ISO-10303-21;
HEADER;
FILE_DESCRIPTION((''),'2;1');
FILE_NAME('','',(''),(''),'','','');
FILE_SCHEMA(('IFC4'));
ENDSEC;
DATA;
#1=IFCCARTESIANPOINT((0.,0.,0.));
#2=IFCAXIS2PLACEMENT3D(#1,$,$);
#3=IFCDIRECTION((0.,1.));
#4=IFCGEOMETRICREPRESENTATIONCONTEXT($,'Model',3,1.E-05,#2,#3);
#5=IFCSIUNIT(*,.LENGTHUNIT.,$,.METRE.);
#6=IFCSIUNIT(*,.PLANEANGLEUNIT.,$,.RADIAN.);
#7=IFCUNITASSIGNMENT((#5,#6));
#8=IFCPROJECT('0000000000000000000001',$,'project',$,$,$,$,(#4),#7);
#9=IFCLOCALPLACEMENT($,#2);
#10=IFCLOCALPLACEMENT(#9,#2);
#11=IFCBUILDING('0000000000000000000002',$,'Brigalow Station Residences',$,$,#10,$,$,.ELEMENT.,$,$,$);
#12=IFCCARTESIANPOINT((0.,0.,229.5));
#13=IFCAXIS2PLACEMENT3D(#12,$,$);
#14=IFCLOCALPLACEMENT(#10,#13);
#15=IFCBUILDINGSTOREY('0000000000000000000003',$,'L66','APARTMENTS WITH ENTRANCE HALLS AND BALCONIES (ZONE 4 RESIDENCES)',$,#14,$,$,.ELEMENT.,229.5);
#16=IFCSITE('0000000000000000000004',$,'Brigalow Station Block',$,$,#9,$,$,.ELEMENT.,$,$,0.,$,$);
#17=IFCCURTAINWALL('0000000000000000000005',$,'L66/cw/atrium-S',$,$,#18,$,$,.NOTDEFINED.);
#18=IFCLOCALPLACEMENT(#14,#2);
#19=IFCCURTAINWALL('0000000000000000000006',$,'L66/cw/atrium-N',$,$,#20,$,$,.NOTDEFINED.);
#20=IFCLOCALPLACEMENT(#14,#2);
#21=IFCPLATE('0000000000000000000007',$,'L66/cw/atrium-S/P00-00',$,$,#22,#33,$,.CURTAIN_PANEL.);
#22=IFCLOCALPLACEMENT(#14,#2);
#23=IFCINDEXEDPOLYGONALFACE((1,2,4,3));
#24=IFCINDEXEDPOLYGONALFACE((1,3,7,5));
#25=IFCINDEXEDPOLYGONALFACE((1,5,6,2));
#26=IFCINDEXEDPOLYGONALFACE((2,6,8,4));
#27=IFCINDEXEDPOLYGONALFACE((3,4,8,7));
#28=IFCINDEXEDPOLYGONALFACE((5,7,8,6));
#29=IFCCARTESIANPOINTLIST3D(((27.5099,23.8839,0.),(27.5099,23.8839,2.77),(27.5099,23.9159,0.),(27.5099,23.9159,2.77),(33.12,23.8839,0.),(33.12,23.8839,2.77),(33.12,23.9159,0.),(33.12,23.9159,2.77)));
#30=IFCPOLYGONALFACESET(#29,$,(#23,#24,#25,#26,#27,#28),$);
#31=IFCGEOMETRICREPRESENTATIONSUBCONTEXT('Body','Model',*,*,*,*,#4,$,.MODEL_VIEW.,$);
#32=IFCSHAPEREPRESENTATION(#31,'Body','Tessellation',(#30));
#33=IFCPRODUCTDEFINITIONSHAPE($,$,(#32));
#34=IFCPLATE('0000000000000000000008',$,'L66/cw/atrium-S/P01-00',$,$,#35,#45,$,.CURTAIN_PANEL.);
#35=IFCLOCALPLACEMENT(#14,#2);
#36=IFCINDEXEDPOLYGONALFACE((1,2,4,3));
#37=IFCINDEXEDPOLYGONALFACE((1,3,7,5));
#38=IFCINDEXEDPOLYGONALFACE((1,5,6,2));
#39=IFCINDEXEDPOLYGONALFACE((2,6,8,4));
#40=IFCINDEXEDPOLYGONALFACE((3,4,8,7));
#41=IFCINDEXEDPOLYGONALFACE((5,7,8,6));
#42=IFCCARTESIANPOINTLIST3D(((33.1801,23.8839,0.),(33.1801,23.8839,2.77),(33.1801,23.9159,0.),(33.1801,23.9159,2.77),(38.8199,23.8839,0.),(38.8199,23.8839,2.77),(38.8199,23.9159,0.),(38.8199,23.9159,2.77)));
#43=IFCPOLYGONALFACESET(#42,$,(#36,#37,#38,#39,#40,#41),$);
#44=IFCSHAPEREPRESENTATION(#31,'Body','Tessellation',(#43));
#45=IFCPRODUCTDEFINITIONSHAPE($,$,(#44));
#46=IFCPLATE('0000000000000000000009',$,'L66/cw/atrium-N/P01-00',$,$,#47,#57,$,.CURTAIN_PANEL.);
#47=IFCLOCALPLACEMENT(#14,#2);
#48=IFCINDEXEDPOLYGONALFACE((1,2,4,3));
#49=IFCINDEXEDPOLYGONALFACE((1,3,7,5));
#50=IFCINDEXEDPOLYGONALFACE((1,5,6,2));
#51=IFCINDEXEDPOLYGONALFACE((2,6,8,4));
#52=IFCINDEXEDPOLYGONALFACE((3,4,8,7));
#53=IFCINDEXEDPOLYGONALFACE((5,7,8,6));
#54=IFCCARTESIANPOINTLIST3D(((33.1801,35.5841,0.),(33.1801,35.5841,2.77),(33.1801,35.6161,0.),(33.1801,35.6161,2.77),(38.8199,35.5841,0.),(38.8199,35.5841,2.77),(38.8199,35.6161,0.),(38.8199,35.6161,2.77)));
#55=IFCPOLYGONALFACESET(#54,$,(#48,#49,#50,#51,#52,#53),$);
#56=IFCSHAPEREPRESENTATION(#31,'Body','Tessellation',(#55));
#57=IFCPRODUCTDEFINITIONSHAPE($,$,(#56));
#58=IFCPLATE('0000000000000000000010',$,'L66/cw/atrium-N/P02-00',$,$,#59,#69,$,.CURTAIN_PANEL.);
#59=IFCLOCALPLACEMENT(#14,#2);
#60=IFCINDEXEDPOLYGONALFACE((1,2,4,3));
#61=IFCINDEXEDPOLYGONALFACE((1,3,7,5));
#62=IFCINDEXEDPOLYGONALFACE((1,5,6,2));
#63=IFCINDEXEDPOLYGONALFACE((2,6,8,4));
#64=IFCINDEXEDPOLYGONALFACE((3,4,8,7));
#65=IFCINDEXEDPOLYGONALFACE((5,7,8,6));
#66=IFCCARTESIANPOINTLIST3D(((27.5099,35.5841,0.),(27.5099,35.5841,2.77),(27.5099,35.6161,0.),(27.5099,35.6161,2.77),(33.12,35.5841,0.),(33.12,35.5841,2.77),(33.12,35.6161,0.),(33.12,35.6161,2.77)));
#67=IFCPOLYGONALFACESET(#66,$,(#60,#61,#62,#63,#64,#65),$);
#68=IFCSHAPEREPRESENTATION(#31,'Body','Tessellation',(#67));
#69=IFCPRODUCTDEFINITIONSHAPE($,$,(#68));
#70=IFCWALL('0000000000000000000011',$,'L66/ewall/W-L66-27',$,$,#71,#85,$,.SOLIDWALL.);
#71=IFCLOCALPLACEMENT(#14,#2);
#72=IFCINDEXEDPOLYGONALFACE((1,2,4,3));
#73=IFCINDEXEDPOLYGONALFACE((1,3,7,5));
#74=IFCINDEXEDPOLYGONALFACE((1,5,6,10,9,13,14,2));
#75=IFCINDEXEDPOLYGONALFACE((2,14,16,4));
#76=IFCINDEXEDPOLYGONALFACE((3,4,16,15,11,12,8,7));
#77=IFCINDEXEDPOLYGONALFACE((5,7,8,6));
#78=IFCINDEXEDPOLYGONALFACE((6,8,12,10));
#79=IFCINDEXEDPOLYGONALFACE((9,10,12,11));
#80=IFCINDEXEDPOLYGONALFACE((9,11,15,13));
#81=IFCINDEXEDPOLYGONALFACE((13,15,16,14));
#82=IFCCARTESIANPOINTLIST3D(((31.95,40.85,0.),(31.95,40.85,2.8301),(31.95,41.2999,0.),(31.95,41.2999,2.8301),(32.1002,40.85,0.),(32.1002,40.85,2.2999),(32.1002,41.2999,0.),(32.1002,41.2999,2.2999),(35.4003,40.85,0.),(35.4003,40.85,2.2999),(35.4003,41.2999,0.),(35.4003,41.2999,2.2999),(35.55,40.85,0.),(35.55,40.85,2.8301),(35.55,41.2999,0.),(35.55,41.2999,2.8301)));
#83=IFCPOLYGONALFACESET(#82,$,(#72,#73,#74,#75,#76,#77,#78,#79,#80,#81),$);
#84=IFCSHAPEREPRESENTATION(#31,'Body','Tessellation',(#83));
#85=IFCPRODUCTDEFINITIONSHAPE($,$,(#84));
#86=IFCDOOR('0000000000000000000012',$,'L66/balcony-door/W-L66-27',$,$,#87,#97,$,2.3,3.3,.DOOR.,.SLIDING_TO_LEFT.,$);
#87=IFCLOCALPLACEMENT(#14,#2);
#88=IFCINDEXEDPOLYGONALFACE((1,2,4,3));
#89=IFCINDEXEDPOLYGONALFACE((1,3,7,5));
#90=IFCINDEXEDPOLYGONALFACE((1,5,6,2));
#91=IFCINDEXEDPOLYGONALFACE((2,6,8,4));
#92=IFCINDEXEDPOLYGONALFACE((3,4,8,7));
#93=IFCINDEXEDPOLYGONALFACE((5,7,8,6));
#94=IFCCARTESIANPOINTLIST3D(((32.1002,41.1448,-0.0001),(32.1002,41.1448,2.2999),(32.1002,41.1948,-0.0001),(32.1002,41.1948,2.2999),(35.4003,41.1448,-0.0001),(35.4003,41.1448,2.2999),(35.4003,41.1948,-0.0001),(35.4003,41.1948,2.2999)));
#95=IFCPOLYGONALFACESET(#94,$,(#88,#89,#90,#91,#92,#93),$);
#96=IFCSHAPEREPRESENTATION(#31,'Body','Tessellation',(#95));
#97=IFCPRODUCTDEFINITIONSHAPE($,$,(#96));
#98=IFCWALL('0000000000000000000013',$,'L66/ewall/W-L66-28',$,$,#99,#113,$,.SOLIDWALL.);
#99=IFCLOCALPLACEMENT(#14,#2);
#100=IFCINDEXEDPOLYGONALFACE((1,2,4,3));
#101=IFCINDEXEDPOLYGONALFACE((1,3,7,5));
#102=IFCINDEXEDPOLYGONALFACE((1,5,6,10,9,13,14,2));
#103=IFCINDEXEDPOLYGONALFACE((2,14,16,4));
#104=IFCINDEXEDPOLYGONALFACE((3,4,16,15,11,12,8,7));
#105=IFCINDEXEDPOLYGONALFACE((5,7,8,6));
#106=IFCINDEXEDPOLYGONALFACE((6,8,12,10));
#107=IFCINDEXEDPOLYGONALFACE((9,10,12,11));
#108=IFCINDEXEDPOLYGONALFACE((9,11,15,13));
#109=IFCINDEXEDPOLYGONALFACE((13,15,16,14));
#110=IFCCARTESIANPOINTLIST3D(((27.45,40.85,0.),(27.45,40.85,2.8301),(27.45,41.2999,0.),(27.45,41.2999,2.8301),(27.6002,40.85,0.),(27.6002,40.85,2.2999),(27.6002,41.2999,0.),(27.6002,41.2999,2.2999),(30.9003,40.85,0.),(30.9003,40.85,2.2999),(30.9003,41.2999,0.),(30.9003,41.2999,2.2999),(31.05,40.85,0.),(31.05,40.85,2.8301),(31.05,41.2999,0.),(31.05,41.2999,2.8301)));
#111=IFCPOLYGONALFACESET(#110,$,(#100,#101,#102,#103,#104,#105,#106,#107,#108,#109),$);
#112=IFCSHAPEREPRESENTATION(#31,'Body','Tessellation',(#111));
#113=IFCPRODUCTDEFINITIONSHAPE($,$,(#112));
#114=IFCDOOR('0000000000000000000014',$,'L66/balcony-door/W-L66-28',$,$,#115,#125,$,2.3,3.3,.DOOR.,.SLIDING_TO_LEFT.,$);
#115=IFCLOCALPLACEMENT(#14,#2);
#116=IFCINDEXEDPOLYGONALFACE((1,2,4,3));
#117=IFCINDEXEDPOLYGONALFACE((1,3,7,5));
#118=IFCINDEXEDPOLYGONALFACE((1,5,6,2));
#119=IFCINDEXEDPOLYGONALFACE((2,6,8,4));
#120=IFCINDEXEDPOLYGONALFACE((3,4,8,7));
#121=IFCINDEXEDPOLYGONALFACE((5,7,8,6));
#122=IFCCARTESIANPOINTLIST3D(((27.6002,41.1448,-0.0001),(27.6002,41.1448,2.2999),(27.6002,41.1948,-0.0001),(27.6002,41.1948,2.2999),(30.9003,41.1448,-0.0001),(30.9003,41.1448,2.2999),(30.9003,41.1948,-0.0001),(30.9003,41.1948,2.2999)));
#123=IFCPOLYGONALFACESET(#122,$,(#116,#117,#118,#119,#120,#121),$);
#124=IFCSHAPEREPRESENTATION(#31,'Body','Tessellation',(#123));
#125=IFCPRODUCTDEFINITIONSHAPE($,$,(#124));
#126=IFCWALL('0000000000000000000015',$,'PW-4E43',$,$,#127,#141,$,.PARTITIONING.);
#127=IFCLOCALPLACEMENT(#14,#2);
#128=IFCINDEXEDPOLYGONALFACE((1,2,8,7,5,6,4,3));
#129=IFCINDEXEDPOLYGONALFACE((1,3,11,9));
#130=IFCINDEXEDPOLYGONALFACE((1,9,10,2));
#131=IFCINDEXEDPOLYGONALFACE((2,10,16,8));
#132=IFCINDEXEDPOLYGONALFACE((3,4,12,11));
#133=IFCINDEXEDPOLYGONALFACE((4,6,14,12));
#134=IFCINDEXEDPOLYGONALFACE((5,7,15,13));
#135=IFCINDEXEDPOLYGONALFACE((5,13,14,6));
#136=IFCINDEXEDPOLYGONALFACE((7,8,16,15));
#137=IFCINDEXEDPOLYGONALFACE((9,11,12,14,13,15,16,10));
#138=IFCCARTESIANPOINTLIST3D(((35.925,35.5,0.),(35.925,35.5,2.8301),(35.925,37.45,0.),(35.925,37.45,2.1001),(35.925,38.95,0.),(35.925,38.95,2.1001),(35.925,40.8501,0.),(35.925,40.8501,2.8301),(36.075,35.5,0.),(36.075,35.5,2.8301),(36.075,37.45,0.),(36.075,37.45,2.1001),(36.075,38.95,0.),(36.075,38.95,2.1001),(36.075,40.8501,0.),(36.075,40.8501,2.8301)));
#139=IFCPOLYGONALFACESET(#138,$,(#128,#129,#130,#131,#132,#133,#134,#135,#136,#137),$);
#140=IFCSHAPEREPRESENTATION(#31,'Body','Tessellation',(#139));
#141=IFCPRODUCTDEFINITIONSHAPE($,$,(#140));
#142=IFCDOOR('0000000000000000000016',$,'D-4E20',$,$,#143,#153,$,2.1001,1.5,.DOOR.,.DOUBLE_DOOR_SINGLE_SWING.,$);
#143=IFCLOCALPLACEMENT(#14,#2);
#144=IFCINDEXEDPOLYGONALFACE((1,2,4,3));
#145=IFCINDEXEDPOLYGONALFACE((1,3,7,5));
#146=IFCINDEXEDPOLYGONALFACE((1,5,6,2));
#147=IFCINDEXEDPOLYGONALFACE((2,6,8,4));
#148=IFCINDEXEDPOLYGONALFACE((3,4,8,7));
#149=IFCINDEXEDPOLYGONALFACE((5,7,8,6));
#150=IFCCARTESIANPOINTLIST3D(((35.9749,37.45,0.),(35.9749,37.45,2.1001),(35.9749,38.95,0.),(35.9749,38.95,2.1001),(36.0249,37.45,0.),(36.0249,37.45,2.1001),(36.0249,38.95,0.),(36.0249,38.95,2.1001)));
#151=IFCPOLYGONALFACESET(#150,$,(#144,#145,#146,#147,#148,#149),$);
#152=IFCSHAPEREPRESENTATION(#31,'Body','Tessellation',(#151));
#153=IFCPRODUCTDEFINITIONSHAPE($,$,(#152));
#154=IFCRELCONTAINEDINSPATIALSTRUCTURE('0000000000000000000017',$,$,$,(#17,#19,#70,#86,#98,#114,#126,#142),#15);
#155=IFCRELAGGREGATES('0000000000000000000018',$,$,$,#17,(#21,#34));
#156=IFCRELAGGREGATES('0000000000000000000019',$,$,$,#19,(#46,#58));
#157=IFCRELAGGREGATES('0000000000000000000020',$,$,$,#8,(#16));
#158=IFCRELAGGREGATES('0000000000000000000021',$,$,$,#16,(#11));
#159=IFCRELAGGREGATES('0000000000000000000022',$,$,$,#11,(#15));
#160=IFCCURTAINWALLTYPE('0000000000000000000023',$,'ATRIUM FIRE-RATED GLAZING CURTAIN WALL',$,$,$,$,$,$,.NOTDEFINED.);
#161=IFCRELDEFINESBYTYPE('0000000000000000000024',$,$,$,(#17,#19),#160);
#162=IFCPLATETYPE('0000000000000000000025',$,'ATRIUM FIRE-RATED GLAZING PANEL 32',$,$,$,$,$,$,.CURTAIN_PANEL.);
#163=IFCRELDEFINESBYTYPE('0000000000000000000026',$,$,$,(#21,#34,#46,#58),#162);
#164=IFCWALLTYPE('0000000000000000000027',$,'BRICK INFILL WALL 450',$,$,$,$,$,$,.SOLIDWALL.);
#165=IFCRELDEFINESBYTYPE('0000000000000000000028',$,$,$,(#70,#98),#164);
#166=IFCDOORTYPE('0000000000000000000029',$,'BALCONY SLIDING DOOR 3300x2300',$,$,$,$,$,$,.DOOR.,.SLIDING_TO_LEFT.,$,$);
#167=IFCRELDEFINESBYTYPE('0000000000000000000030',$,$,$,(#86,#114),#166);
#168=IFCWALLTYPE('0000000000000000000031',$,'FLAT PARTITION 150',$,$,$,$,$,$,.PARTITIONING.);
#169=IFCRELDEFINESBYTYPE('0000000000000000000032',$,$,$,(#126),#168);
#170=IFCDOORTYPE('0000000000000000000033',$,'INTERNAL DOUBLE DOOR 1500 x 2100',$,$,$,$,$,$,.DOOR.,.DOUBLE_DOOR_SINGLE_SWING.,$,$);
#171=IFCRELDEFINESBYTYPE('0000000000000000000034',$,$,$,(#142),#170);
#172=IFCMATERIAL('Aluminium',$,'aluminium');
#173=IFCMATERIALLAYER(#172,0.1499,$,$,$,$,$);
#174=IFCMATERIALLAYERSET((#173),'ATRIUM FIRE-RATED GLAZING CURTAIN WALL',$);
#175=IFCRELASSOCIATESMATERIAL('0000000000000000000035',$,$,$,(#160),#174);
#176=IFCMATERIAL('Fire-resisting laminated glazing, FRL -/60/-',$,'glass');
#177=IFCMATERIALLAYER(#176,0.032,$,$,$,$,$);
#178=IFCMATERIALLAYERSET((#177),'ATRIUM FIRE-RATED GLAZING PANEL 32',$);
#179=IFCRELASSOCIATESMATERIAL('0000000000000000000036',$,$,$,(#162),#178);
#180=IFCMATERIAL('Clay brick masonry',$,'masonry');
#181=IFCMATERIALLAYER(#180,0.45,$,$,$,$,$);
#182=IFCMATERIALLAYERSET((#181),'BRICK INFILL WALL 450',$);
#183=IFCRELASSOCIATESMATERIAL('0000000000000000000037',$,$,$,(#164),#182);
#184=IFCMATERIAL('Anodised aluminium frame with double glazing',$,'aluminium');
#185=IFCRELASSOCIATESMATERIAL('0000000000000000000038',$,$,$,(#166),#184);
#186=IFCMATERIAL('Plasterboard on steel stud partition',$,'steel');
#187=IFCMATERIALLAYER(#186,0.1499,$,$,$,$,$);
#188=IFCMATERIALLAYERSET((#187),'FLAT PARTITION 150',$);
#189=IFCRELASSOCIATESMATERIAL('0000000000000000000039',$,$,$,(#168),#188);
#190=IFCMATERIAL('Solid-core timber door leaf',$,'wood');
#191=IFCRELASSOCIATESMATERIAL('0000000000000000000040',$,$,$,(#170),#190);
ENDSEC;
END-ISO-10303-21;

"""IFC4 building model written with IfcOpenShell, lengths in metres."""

from ifc_helpers import new_model, si_unit, direction, frame, frame_2d, origin, origin_2d, place, context, subcontext, project, spatial, rectangle, extrude, material, layer, layer_set, type_object, element, fill, aggregate, save


model = new_model("IFC4")

# Units and contexts
model_context = context("Model", 3, precision=1e-05, world=origin(), true_north=direction((0.0, 1.0)))
body_context = subcontext(model_context, "Body", "Model", "MODEL_VIEW")
ifc_project = project(units=[si_unit("LENGTHUNIT", "METRE"), si_unit("PLANEANGLEUNIT", "RADIAN")], contexts=[model_context])

# Site, building, storey
site_placement = place(None, origin())
site = spatial("IfcSite", under=ifc_project, at=site_placement, Name="Brigalow Station Block", CompositionType="ELEMENT", RefElevation=0.0)
building_placement = place(site_placement, origin())
building = spatial("IfcBuilding", under=site, at=building_placement, Name="Brigalow Station Residences", CompositionType="ELEMENT")
storey_placement = place(building_placement, frame((0.0, 0.0, 229.5)))
storey = spatial("IfcBuildingStorey", under=building, at=storey_placement, Name="L66", Description="APARTMENTS WITH ENTRANCE HALLS AND BALCONIES (ZONE 4 RESIDENCES)", CompositionType="ELEMENT", Elevation=229.5)

# Curtain walls
ifc_material_1 = material(Name="Aluminium", Category="aluminium")
ifc_layer_1 = layer(ifc_material_1, 0.1499)
ifc_layer_set_1 = layer_set([ifc_layer_1], Name="ATRIUM FIRE-RATED GLAZING CURTAIN WALL")
curtain_wall_type = type_object("IfcCurtainWallType", Name="ATRIUM FIRE-RATED GLAZING CURTAIN WALL", PredefinedType="NOTDEFINED", material=ifc_layer_set_1)
curtain_wall_1_placement = place(storey_placement, origin())
curtain_wall_1 = element("IfcCurtainWall", 1, at=curtain_wall_1_placement, inside=storey, type_object=curtain_wall_type, Name="L66/cw/atrium-S", PredefinedType="NOTDEFINED")
curtain_wall_2_placement = place(storey_placement, origin())
curtain_wall_2 = element("IfcCurtainWall", 2, at=curtain_wall_2_placement, inside=storey, type_object=curtain_wall_type, Name="L66/cw/atrium-N", PredefinedType="NOTDEFINED")

# Plates
ifc_material_2 = material(Name="Fire-resisting laminated glazing, FRL -/60/-", Category="glass")
ifc_layer_2 = layer(ifc_material_2, 0.032)
ifc_layer_set_2 = layer_set([ifc_layer_2], Name="ATRIUM FIRE-RATED GLAZING PANEL 32")
plate_type = type_object("IfcPlateType", Name="ATRIUM FIRE-RATED GLAZING PANEL 32", PredefinedType="CURTAIN_PANEL", material=ifc_layer_set_2)
plate_1_placement = place(storey_placement, frame((30.3149, 23.8999, 0.0), z_axis=(0.0, 0.0, 1.0), x_axis=(1.0, 0.0, 0.0)))
plate_1 = element("IfcPlate", 3, at=plate_1_placement, type_object=plate_type, Name="L66/cw/atrium-S/P00-00", PredefinedType="CURTAIN_PANEL", context=body_context, shape_type="SweptSolid", body=[
    extrude(rectangle(XDim=5.6101, YDim=0.032, at=origin_2d()), origin(), (0.0, 0.0, 1.0), 2.77),
])
plate_2_placement = place(storey_placement, frame((36.0, 23.8999, 0.0), z_axis=(0.0, 0.0, 1.0), x_axis=(1.0, 0.0, 0.0)))
plate_2 = element("IfcPlate", 4, at=plate_2_placement, type_object=plate_type, Name="L66/cw/atrium-S/P01-00", PredefinedType="CURTAIN_PANEL", context=body_context, shape_type="SweptSolid", body=[
    extrude(rectangle(XDim=5.6399, YDim=0.032, at=origin_2d()), origin(), (0.0, 0.0, 1.0), 2.77),
])
aggregate(curtain_wall_1, [plate_1, plate_2])
plate_3_placement = place(storey_placement, frame((36.0, 35.6001, 0.0), z_axis=(0.0, 0.0, 1.0), x_axis=(-1.0, 0.0, 0.0)))
plate_3 = element("IfcPlate", 5, at=plate_3_placement, type_object=plate_type, Name="L66/cw/atrium-N/P01-00", PredefinedType="CURTAIN_PANEL", context=body_context, shape_type="SweptSolid", body=[
    extrude(rectangle(XDim=5.6399, YDim=0.032, at=origin_2d()), origin(), (0.0, 0.0, 1.0), 2.77),
])
plate_4_placement = place(storey_placement, frame((30.3149, 35.6001, 0.0), z_axis=(0.0, 0.0, 1.0), x_axis=(-1.0, 0.0, 0.0)))
plate_4 = element("IfcPlate", 6, at=plate_4_placement, type_object=plate_type, Name="L66/cw/atrium-N/P02-00", PredefinedType="CURTAIN_PANEL", context=body_context, shape_type="SweptSolid", body=[
    extrude(rectangle(XDim=5.6101, YDim=0.032, at=origin_2d()), origin(), (0.0, 0.0, 1.0), 2.77),
])
aggregate(curtain_wall_2, [plate_3, plate_4])

# Walls, openings, doors
ifc_material_3 = material(Name="Clay brick masonry", Category="masonry")
ifc_layer_3 = layer(ifc_material_3, 0.45)
ifc_layer_set_3 = layer_set([ifc_layer_3], Name="BRICK INFILL WALL 450")
wall_type_1 = type_object("IfcWallType", Name="BRICK INFILL WALL 450", PredefinedType="SOLIDWALL", material=ifc_layer_set_3)
wall_1_placement = place(storey_placement, frame((35.55, 41.075, 0.0), z_axis=(0.0, 0.0, 1.0), x_axis=(-1.0, 0.0, 0.0)))
wall_1 = element("IfcWall", 7, at=wall_1_placement, inside=storey, type_object=wall_type_1, Name="L66/ewall/W-L66-27", PredefinedType="SOLIDWALL", context=body_context, shape_type="SweptSolid", body=[
    extrude(rectangle(XDim=3.6001, YDim=0.45, at=frame_2d((1.8, 0.0))), origin(), (0.0, 0.0, 1.0), 2.8301),
])
opening_1_placement = place(wall_1_placement, frame((0.1499, 0.0, 0.0)))
opening_1 = element("IfcOpeningElement", 8, at=opening_1_placement, cuts=wall_1, PredefinedType="OPENING", context=body_context, shape_type="SweptSolid", body=[
    extrude(rectangle(XDim=3.3, YDim=2.3, at=frame_2d((1.6499, 1.1499))), frame((0.0, 0.2349, 0.0), z_axis=(0.0, -1.0, 0.0), x_axis=(1.0, 0.0, 0.0)), (0.0, 0.0, 1.0), 0.47),
])
ifc_material_4 = material(Name="Anodised aluminium frame with double glazing", Category="aluminium")
door_type_1 = type_object("IfcDoorType", Name="BALCONY SLIDING DOOR 3300x2300", OperationType="SLIDING_TO_LEFT", PredefinedType="DOOR", material=ifc_material_4)
door_1_placement = place(opening_1_placement, origin())
door_1 = element("IfcDoor", 9, at=door_1_placement, inside=storey, type_object=door_type_1, Name="L66/balcony-door/W-L66-27", OperationType="SLIDING_TO_LEFT", OverallHeight=2.3, OverallWidth=3.3, PredefinedType="DOOR", context=body_context, shape_type="SweptSolid", body=[
    extrude(rectangle(XDim=3.3, YDim=2.3, at=frame_2d((1.6499, 1.1499))), frame((0.0, -0.0698, 0.0), z_axis=(0.0, -1.0, 0.0), x_axis=(1.0, 0.0, 0.0)), (0.0, 0.0, 1.0), 0.05),
])
fill(opening_1, door_1)
wall_2_placement = place(storey_placement, frame((31.05, 41.075, 0.0), z_axis=(0.0, 0.0, 1.0), x_axis=(-1.0, 0.0, 0.0)))
wall_2 = element("IfcWall", 10, at=wall_2_placement, inside=storey, type_object=wall_type_1, Name="L66/ewall/W-L66-28", PredefinedType="SOLIDWALL", context=body_context, shape_type="SweptSolid", body=[
    extrude(rectangle(XDim=3.6001, YDim=0.45, at=frame_2d((1.8, 0.0))), origin(), (0.0, 0.0, 1.0), 2.8301),
])
opening_2_placement = place(wall_2_placement, frame((0.1499, 0.0, 0.0)))
opening_2 = element("IfcOpeningElement", 11, at=opening_2_placement, cuts=wall_2, PredefinedType="OPENING", context=body_context, shape_type="SweptSolid", body=[
    extrude(rectangle(XDim=3.3, YDim=2.3, at=frame_2d((1.6499, 1.1499))), frame((0.0, 0.2349, 0.0), z_axis=(0.0, -1.0, 0.0), x_axis=(1.0, 0.0, 0.0)), (0.0, 0.0, 1.0), 0.47),
])
door_2_placement = place(opening_2_placement, origin())
door_2 = element("IfcDoor", 12, at=door_2_placement, inside=storey, type_object=door_type_1, Name="L66/balcony-door/W-L66-28", OperationType="SLIDING_TO_LEFT", OverallHeight=2.3, OverallWidth=3.3, PredefinedType="DOOR", context=body_context, shape_type="SweptSolid", body=[
    extrude(rectangle(XDim=3.3, YDim=2.3, at=frame_2d((1.6499, 1.1499))), frame((0.0, -0.0698, 0.0), z_axis=(0.0, -1.0, 0.0), x_axis=(1.0, 0.0, 0.0)), (0.0, 0.0, 1.0), 0.05),
])
fill(opening_2, door_2)
ifc_material_5 = material(Name="Plasterboard on steel stud partition", Category="steel")
ifc_layer_4 = layer(ifc_material_5, 0.1499)
ifc_layer_set_4 = layer_set([ifc_layer_4], Name="FLAT PARTITION 150")
wall_type_2 = type_object("IfcWallType", Name="FLAT PARTITION 150", PredefinedType="PARTITIONING", material=ifc_layer_set_4)
wall_3_placement = place(storey_placement, frame((36.0, 35.5, 0.0), z_axis=(0.0, 0.0, 1.0), x_axis=(0.0, 1.0, 0.0)))
wall_3 = element("IfcWall", 13, at=wall_3_placement, inside=storey, type_object=wall_type_2, Name="PW-4E43", PredefinedType="PARTITIONING", context=body_context, shape_type="SweptSolid", body=[
    extrude(rectangle(XDim=5.3501, YDim=0.1499, at=frame_2d((2.675, 0.0))), origin(), (0.0, 0.0, 1.0), 2.8301),
])
opening_3_placement = place(wall_3_placement, frame((1.95, 0.0, 0.0)))
opening_3 = element("IfcOpeningElement", 14, at=opening_3_placement, cuts=wall_3, PredefinedType="OPENING", context=body_context, shape_type="SweptSolid", body=[
    extrude(rectangle(XDim=1.5, YDim=2.1001, at=frame_2d((0.75, 1.05))), frame((0.0, 0.085, 0.0), z_axis=(0.0, -1.0, 0.0), x_axis=(1.0, 0.0, 0.0)), (0.0, 0.0, 1.0), 0.1699),
])
ifc_material_6 = material(Name="Solid-core timber door leaf", Category="wood")
door_type_2 = type_object("IfcDoorType", Name="INTERNAL DOUBLE DOOR 1500 x 2100", OperationType="DOUBLE_DOOR_SINGLE_SWING", PredefinedType="DOOR", material=ifc_material_6)
door_3_placement = place(opening_3_placement, frame((1.5, 0.0, 0.0), z_axis=(0.0, 0.0, 1.0), x_axis=(-1.0, 0.0, 0.0)))
door_3 = element("IfcDoor", 15, at=door_3_placement, inside=storey, type_object=door_type_2, Name="D-4E20", OperationType="DOUBLE_DOOR_SINGLE_SWING", OverallHeight=2.1001, OverallWidth=1.5, PredefinedType="DOOR", context=body_context, shape_type="SweptSolid", body=[
    extrude(rectangle(XDim=1.5, YDim=2.1001, at=frame_2d((0.75, 1.05))), frame((0.0, 0.0249, 0.0), z_axis=(0.0, -1.0, 0.0), x_axis=(1.0, 0.0, 0.0)), (0.0, 0.0, 1.0), 0.05),
])
fill(opening_3, door_3)

save(model, "model.ifc")
